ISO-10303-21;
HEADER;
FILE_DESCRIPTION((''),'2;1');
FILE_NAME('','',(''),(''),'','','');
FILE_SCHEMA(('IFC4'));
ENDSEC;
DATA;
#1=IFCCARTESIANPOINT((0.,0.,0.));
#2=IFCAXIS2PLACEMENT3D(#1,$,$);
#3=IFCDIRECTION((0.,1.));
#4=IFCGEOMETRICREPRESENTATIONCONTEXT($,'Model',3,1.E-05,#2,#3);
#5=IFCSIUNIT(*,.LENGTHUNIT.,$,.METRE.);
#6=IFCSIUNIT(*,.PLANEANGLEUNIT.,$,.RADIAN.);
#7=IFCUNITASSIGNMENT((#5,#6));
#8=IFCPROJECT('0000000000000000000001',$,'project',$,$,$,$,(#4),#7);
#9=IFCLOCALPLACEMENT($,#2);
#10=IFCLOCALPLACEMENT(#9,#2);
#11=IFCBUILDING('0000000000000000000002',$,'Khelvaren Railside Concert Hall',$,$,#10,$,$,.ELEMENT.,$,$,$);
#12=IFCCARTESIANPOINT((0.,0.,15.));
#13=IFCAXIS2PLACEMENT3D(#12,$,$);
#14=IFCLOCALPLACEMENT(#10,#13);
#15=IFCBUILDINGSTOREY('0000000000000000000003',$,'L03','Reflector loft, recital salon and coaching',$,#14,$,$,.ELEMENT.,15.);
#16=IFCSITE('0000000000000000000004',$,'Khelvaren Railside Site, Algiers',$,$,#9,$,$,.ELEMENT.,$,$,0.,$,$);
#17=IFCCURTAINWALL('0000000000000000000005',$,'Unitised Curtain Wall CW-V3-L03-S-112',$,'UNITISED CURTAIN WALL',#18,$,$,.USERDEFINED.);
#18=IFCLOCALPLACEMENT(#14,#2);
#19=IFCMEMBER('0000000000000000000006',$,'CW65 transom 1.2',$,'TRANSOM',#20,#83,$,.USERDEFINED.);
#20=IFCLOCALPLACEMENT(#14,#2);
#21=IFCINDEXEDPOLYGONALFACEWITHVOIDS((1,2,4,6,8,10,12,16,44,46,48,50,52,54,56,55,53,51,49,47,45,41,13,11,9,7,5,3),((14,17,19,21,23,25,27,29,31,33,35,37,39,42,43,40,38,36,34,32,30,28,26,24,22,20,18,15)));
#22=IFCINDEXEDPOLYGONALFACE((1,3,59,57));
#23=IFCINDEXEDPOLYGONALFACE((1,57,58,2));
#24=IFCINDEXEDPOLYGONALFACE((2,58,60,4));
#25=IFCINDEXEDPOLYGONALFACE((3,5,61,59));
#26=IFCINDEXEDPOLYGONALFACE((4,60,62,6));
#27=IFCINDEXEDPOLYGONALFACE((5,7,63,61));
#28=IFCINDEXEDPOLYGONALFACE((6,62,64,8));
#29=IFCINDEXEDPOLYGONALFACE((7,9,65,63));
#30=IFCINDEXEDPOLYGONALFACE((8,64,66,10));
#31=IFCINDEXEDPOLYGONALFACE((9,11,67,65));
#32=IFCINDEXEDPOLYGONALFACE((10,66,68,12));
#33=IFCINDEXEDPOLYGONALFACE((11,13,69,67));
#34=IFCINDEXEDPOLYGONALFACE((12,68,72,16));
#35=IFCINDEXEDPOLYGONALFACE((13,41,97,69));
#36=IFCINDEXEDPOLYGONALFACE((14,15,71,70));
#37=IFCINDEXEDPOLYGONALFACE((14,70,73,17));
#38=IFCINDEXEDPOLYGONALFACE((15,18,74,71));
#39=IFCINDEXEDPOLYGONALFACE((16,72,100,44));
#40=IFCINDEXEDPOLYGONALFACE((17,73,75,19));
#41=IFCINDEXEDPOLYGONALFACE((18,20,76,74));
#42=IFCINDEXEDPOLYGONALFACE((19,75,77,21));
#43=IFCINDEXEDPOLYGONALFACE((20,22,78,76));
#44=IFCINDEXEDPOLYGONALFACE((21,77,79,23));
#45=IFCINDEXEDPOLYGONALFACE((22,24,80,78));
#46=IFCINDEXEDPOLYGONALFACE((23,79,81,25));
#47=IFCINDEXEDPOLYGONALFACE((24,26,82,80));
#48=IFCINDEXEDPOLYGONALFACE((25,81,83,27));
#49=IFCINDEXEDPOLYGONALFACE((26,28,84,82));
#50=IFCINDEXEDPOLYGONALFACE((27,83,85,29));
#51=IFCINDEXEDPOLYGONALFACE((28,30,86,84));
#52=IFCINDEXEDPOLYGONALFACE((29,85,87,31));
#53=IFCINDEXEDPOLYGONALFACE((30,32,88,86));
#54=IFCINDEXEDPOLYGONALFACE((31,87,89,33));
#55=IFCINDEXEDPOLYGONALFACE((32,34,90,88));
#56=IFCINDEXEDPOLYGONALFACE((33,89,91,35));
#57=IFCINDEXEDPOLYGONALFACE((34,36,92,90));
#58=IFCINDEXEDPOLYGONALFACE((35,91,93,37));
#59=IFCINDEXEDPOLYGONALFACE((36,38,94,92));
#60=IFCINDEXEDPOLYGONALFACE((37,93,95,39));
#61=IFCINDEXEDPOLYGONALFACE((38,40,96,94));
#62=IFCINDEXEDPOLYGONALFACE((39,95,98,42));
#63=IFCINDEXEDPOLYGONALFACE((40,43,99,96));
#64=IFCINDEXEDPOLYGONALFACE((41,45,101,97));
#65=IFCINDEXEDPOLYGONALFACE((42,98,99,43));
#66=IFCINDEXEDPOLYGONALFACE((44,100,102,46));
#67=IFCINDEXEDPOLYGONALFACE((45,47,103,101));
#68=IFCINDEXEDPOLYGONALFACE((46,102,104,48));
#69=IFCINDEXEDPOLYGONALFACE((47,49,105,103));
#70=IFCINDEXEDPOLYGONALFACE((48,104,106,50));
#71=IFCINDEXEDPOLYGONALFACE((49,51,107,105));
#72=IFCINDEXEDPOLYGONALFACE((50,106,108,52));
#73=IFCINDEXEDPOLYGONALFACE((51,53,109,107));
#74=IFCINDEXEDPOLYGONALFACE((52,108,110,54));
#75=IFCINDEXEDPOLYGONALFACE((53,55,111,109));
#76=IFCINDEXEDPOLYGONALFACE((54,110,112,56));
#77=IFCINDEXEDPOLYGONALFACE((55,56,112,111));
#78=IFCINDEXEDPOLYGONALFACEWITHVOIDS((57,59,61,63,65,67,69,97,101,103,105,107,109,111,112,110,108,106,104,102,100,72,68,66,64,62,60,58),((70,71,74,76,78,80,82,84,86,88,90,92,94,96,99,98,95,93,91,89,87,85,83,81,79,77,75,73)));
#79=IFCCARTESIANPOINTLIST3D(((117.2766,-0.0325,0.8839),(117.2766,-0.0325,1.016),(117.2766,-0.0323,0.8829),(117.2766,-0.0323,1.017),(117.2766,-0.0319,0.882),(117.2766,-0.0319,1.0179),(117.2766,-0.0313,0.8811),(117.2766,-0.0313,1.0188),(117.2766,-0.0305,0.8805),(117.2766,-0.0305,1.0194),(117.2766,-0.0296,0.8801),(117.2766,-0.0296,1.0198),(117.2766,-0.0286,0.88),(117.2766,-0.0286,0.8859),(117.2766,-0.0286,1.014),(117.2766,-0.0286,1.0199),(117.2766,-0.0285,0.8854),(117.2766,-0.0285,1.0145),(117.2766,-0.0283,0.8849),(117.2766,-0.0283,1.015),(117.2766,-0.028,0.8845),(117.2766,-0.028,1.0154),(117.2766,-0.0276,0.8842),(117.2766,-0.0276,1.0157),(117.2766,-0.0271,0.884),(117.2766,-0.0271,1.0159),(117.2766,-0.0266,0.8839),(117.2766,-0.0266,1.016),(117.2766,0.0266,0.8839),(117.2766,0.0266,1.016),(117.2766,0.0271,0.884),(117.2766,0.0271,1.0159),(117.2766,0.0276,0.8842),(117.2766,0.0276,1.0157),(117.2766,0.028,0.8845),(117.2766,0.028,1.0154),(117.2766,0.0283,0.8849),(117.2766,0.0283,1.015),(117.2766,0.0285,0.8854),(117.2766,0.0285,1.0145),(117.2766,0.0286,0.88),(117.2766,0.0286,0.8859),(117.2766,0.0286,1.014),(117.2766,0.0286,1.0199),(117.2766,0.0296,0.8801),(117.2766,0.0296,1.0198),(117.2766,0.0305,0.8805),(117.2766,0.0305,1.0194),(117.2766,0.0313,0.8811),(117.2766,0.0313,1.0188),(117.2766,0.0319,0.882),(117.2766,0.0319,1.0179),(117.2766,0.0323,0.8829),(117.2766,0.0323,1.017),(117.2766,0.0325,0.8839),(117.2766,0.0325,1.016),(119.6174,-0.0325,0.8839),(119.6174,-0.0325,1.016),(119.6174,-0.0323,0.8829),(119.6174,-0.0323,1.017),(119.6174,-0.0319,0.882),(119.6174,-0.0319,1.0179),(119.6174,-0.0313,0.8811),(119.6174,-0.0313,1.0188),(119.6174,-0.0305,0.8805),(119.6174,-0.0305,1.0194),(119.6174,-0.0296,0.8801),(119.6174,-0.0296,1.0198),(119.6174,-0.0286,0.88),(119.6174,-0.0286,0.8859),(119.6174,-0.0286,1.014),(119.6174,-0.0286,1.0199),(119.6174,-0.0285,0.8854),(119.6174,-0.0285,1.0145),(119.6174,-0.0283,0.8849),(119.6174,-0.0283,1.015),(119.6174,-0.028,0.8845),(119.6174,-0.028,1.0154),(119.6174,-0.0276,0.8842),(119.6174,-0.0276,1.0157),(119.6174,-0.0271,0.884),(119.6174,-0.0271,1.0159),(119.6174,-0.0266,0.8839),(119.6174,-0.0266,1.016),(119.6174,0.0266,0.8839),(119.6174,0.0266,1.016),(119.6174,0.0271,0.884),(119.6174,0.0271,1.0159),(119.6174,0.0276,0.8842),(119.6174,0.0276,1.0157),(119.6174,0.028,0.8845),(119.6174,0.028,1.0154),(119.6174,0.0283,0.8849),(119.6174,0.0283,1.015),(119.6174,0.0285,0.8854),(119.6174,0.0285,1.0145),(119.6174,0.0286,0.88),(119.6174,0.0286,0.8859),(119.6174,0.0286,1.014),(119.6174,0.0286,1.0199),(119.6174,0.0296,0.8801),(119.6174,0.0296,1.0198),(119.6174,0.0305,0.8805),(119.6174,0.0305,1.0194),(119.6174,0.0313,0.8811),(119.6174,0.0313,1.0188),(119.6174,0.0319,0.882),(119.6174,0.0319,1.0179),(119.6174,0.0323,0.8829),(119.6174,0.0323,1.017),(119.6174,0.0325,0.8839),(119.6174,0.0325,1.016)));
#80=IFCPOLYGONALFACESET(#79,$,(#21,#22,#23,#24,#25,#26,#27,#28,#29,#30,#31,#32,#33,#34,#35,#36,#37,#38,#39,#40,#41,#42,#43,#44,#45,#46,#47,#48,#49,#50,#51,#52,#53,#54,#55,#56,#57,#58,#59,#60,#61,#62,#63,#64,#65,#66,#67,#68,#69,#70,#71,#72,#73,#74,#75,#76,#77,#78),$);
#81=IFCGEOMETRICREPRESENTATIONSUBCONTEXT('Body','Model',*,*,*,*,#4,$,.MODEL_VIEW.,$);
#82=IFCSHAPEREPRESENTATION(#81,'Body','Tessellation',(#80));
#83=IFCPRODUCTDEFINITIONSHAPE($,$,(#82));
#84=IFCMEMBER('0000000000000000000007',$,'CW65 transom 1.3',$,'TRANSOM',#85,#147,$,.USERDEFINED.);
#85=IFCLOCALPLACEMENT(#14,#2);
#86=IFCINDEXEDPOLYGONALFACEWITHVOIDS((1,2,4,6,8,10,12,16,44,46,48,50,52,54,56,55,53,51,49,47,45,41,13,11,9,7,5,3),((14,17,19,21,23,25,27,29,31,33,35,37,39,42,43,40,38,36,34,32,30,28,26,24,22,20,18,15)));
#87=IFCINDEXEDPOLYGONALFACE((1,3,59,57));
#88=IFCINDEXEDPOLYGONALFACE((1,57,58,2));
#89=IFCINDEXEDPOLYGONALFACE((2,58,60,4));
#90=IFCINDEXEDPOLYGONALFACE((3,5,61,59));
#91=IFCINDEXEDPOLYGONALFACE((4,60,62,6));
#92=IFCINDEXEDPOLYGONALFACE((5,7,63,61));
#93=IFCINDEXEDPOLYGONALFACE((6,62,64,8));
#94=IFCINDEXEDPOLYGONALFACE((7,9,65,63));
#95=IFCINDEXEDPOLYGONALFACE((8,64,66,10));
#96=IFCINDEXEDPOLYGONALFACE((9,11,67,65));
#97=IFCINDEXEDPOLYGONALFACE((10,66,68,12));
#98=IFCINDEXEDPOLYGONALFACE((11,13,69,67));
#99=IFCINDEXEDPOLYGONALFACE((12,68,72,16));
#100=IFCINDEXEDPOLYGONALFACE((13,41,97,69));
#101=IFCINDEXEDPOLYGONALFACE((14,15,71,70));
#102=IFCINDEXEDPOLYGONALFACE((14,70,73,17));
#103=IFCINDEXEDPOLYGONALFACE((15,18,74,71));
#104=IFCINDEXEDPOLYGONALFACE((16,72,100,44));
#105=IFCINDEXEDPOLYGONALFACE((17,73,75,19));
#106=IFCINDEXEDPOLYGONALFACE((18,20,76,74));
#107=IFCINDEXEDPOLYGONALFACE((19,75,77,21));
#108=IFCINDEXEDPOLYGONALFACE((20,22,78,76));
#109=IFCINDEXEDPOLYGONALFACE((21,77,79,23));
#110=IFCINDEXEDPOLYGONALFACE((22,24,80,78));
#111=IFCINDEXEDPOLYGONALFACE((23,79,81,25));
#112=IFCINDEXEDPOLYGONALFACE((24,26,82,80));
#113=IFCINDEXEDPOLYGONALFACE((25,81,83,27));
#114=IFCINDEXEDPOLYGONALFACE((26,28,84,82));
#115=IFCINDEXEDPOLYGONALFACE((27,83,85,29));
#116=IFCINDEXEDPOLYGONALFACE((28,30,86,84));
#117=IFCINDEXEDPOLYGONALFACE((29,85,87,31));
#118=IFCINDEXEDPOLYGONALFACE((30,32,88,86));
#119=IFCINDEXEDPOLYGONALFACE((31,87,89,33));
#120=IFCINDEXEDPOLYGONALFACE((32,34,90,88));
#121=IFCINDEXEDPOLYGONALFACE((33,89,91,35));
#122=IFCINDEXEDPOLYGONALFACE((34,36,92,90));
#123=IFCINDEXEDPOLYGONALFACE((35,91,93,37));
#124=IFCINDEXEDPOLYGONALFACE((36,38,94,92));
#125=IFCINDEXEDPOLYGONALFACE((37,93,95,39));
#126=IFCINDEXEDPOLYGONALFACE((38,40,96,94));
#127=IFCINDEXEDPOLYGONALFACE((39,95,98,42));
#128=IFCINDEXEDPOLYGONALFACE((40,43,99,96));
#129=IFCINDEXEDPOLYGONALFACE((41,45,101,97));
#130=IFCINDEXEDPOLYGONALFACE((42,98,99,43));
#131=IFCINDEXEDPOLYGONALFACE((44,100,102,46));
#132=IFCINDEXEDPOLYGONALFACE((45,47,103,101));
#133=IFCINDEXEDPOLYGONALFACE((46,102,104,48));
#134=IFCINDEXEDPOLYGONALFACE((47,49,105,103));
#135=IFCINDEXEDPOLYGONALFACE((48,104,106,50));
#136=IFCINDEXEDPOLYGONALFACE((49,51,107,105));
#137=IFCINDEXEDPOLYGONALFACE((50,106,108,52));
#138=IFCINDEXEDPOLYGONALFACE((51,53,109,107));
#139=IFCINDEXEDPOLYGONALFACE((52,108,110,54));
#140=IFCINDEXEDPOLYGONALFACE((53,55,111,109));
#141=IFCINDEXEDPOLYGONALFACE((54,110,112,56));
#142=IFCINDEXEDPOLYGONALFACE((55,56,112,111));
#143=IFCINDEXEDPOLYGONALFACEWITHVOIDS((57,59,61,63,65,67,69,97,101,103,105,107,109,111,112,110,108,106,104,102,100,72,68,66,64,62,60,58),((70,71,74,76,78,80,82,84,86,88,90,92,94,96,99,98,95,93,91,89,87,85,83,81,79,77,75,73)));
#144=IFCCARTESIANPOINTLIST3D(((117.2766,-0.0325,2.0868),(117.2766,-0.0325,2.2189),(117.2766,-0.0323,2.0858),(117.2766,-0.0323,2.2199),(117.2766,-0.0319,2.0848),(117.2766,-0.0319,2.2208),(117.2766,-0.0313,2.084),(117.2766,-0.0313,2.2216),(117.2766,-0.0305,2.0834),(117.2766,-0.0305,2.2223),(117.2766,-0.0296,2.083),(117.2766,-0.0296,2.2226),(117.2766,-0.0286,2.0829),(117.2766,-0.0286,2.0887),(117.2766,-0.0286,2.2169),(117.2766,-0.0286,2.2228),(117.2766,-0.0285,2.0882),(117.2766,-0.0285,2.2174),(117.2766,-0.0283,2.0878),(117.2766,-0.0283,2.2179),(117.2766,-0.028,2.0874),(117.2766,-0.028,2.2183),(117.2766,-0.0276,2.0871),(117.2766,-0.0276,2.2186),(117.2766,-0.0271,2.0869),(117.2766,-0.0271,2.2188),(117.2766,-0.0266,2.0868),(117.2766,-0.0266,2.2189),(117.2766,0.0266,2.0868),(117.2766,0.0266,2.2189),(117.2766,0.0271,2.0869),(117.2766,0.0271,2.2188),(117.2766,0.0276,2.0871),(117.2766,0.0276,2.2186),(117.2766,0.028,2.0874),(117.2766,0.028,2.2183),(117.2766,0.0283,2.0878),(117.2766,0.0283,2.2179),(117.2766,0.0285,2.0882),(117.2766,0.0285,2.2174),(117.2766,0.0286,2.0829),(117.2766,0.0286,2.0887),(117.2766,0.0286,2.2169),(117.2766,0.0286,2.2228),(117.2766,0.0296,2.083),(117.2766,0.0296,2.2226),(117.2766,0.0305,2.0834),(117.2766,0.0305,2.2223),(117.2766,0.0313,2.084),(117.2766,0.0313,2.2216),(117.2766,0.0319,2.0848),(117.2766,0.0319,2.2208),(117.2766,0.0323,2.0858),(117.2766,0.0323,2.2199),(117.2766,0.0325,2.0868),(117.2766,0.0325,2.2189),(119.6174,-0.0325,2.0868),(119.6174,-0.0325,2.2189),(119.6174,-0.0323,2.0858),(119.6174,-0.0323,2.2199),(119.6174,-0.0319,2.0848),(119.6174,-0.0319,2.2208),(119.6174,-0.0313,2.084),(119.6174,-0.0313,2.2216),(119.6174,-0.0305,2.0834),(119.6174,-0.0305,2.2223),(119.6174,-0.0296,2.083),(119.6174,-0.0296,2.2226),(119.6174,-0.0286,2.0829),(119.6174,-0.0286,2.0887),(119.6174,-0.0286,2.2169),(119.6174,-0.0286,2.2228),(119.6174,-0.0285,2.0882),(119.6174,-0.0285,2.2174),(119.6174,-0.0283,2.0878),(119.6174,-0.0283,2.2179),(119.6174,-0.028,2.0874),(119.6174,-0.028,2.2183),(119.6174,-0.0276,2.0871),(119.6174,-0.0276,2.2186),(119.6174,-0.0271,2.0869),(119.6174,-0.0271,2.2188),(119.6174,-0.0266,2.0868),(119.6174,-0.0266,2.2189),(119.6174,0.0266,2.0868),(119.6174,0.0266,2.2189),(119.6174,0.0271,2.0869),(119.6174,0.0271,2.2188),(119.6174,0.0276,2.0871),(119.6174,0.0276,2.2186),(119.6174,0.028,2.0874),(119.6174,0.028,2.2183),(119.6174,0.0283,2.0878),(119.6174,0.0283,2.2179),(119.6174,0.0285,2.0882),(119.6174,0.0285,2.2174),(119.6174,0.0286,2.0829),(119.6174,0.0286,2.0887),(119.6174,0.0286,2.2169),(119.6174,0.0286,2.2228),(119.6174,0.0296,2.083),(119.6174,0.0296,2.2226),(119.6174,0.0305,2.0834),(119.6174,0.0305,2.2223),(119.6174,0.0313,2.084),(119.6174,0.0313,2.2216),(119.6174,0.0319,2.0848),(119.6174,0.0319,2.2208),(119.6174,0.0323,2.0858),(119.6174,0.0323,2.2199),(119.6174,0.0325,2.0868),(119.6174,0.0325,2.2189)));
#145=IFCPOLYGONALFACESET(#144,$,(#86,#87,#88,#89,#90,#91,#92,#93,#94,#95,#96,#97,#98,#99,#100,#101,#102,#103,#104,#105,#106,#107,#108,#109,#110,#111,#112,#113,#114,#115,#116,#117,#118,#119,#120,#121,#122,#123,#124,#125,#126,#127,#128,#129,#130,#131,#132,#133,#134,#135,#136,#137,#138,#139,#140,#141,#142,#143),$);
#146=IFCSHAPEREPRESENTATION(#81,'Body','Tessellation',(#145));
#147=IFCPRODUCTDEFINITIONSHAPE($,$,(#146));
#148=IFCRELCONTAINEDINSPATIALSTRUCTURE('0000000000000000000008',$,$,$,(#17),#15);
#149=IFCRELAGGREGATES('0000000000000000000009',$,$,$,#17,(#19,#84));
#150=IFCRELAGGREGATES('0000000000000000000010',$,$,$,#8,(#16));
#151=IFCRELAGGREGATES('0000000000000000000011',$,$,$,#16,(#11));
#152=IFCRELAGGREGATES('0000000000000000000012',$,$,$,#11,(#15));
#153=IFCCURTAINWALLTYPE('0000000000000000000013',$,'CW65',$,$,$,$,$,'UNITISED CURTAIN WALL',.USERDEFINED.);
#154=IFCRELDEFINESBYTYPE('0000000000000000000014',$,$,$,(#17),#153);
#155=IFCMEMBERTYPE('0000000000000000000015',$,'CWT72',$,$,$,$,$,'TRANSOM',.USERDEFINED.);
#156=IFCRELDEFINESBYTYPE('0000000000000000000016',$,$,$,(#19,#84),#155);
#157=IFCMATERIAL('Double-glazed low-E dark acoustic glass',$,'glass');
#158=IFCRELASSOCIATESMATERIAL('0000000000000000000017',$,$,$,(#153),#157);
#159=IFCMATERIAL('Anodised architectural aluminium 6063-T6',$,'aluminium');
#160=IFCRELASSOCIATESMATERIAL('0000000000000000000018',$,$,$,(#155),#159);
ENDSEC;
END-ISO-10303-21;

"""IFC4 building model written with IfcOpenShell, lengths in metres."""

from ifc_helpers import new_model, si_unit, direction, frame, origin, origin_2d, place, context, subcontext, project, spatial, hollow_rectangle, extrude, material, material_profile, profile_set, type_object, element, aggregate, save


model = new_model("IFC4")

# Units and contexts
model_context = context("Model", 3, precision=1e-05, world=origin(), true_north=direction((0.0, 1.0)))
body_context = subcontext(model_context, "Body", "Model", "MODEL_VIEW")
ifc_project = project(units=[si_unit("LENGTHUNIT", "METRE"), si_unit("PLANEANGLEUNIT", "RADIAN")], contexts=[model_context])

# Site, building, storey
site_placement = place(None, origin())
site = spatial("IfcSite", under=ifc_project, at=site_placement, Name="Khelvaren Railside Site, Algiers", CompositionType="ELEMENT", RefElevation=0.0)
building_placement = place(site_placement, origin())
building = spatial("IfcBuilding", under=site, at=building_placement, Name="Khelvaren Railside Concert Hall", CompositionType="ELEMENT")
storey_placement = place(building_placement, frame((0.0, 0.0, 15.0)))
storey = spatial("IfcBuildingStorey", under=building, at=storey_placement, Name="L03", Description="Reflector loft, recital salon and coaching", CompositionType="ELEMENT", Elevation=15.0)

# Curtain wall, members
ifc_material_1 = material(Name="Double-glazed low-E dark acoustic glass", Category="glass")
curtain_wall_type = type_object("IfcCurtainWallType", Name="CW65", ElementType="UNITISED CURTAIN WALL", PredefinedType="USERDEFINED", material=ifc_material_1)
curtain_wall_placement = place(storey_placement, origin())
curtain_wall = element("IfcCurtainWall", 1, at=curtain_wall_placement, inside=storey, type_object=curtain_wall_type, Name="Unitised Curtain Wall CW-V3-L03-S-112", ObjectType="UNITISED CURTAIN WALL", PredefinedType="USERDEFINED")
ifc_material_2 = material(Name="Anodised architectural aluminium 6063-T6", Category="aluminium")
ifc_material_profile_1 = material_profile(ifc_material_2, hollow_rectangle(XDim=0.0649, YDim=0.1399, WallThickness=0.0039, InnerFilletRadius=0.002, OuterFilletRadius=0.0039, at=origin_2d()), Name="CWT 65x140x4")
ifc_profile_set_1 = profile_set([ifc_material_profile_1], Name="Anodised architectural aluminium 6063-T6")
member_type_1 = type_object("IfcMemberType", Name="CWT72", ElementType="TRANSOM", PredefinedType="USERDEFINED", material=ifc_profile_set_1)
member_1_placement = place(storey_placement, frame((119.6174, 0.0, 0.95), z_axis=(-1.0, 0.0, 0.0), x_axis=(0.0, -1.0, 0.0)))
member_1 = element("IfcMember", 2, at=member_1_placement, type_object=member_type_1, Name="CW65 transom 1.2", ObjectType="TRANSOM", PredefinedType="USERDEFINED", context=body_context, shape_type="SweptSolid", body=[
    extrude(hollow_rectangle(XDim=0.0649, YDim=0.1399, WallThickness=0.0039, InnerFilletRadius=0.002, OuterFilletRadius=0.0039, at=origin_2d()), origin(), (0.0, 0.0, 1.0), 2.3408),
])
member_2_placement = place(storey_placement, frame((119.6174, 0.0, 2.1528), z_axis=(-1.0, 0.0, 0.0), x_axis=(0.0, -1.0, 0.0)))
member_2 = element("IfcMember", 3, at=member_2_placement, type_object=member_type_1, Name="CW65 transom 1.3", ObjectType="TRANSOM", PredefinedType="USERDEFINED", context=body_context, shape_type="SweptSolid", body=[
    extrude(hollow_rectangle(XDim=0.0649, YDim=0.1399, WallThickness=0.0039, InnerFilletRadius=0.002, OuterFilletRadius=0.0039, at=origin_2d()), origin(), (0.0, 0.0, 1.0), 2.3408),
])

aggregate(curtain_wall, [member_1, member_2])

save(model, "model.ifc")
